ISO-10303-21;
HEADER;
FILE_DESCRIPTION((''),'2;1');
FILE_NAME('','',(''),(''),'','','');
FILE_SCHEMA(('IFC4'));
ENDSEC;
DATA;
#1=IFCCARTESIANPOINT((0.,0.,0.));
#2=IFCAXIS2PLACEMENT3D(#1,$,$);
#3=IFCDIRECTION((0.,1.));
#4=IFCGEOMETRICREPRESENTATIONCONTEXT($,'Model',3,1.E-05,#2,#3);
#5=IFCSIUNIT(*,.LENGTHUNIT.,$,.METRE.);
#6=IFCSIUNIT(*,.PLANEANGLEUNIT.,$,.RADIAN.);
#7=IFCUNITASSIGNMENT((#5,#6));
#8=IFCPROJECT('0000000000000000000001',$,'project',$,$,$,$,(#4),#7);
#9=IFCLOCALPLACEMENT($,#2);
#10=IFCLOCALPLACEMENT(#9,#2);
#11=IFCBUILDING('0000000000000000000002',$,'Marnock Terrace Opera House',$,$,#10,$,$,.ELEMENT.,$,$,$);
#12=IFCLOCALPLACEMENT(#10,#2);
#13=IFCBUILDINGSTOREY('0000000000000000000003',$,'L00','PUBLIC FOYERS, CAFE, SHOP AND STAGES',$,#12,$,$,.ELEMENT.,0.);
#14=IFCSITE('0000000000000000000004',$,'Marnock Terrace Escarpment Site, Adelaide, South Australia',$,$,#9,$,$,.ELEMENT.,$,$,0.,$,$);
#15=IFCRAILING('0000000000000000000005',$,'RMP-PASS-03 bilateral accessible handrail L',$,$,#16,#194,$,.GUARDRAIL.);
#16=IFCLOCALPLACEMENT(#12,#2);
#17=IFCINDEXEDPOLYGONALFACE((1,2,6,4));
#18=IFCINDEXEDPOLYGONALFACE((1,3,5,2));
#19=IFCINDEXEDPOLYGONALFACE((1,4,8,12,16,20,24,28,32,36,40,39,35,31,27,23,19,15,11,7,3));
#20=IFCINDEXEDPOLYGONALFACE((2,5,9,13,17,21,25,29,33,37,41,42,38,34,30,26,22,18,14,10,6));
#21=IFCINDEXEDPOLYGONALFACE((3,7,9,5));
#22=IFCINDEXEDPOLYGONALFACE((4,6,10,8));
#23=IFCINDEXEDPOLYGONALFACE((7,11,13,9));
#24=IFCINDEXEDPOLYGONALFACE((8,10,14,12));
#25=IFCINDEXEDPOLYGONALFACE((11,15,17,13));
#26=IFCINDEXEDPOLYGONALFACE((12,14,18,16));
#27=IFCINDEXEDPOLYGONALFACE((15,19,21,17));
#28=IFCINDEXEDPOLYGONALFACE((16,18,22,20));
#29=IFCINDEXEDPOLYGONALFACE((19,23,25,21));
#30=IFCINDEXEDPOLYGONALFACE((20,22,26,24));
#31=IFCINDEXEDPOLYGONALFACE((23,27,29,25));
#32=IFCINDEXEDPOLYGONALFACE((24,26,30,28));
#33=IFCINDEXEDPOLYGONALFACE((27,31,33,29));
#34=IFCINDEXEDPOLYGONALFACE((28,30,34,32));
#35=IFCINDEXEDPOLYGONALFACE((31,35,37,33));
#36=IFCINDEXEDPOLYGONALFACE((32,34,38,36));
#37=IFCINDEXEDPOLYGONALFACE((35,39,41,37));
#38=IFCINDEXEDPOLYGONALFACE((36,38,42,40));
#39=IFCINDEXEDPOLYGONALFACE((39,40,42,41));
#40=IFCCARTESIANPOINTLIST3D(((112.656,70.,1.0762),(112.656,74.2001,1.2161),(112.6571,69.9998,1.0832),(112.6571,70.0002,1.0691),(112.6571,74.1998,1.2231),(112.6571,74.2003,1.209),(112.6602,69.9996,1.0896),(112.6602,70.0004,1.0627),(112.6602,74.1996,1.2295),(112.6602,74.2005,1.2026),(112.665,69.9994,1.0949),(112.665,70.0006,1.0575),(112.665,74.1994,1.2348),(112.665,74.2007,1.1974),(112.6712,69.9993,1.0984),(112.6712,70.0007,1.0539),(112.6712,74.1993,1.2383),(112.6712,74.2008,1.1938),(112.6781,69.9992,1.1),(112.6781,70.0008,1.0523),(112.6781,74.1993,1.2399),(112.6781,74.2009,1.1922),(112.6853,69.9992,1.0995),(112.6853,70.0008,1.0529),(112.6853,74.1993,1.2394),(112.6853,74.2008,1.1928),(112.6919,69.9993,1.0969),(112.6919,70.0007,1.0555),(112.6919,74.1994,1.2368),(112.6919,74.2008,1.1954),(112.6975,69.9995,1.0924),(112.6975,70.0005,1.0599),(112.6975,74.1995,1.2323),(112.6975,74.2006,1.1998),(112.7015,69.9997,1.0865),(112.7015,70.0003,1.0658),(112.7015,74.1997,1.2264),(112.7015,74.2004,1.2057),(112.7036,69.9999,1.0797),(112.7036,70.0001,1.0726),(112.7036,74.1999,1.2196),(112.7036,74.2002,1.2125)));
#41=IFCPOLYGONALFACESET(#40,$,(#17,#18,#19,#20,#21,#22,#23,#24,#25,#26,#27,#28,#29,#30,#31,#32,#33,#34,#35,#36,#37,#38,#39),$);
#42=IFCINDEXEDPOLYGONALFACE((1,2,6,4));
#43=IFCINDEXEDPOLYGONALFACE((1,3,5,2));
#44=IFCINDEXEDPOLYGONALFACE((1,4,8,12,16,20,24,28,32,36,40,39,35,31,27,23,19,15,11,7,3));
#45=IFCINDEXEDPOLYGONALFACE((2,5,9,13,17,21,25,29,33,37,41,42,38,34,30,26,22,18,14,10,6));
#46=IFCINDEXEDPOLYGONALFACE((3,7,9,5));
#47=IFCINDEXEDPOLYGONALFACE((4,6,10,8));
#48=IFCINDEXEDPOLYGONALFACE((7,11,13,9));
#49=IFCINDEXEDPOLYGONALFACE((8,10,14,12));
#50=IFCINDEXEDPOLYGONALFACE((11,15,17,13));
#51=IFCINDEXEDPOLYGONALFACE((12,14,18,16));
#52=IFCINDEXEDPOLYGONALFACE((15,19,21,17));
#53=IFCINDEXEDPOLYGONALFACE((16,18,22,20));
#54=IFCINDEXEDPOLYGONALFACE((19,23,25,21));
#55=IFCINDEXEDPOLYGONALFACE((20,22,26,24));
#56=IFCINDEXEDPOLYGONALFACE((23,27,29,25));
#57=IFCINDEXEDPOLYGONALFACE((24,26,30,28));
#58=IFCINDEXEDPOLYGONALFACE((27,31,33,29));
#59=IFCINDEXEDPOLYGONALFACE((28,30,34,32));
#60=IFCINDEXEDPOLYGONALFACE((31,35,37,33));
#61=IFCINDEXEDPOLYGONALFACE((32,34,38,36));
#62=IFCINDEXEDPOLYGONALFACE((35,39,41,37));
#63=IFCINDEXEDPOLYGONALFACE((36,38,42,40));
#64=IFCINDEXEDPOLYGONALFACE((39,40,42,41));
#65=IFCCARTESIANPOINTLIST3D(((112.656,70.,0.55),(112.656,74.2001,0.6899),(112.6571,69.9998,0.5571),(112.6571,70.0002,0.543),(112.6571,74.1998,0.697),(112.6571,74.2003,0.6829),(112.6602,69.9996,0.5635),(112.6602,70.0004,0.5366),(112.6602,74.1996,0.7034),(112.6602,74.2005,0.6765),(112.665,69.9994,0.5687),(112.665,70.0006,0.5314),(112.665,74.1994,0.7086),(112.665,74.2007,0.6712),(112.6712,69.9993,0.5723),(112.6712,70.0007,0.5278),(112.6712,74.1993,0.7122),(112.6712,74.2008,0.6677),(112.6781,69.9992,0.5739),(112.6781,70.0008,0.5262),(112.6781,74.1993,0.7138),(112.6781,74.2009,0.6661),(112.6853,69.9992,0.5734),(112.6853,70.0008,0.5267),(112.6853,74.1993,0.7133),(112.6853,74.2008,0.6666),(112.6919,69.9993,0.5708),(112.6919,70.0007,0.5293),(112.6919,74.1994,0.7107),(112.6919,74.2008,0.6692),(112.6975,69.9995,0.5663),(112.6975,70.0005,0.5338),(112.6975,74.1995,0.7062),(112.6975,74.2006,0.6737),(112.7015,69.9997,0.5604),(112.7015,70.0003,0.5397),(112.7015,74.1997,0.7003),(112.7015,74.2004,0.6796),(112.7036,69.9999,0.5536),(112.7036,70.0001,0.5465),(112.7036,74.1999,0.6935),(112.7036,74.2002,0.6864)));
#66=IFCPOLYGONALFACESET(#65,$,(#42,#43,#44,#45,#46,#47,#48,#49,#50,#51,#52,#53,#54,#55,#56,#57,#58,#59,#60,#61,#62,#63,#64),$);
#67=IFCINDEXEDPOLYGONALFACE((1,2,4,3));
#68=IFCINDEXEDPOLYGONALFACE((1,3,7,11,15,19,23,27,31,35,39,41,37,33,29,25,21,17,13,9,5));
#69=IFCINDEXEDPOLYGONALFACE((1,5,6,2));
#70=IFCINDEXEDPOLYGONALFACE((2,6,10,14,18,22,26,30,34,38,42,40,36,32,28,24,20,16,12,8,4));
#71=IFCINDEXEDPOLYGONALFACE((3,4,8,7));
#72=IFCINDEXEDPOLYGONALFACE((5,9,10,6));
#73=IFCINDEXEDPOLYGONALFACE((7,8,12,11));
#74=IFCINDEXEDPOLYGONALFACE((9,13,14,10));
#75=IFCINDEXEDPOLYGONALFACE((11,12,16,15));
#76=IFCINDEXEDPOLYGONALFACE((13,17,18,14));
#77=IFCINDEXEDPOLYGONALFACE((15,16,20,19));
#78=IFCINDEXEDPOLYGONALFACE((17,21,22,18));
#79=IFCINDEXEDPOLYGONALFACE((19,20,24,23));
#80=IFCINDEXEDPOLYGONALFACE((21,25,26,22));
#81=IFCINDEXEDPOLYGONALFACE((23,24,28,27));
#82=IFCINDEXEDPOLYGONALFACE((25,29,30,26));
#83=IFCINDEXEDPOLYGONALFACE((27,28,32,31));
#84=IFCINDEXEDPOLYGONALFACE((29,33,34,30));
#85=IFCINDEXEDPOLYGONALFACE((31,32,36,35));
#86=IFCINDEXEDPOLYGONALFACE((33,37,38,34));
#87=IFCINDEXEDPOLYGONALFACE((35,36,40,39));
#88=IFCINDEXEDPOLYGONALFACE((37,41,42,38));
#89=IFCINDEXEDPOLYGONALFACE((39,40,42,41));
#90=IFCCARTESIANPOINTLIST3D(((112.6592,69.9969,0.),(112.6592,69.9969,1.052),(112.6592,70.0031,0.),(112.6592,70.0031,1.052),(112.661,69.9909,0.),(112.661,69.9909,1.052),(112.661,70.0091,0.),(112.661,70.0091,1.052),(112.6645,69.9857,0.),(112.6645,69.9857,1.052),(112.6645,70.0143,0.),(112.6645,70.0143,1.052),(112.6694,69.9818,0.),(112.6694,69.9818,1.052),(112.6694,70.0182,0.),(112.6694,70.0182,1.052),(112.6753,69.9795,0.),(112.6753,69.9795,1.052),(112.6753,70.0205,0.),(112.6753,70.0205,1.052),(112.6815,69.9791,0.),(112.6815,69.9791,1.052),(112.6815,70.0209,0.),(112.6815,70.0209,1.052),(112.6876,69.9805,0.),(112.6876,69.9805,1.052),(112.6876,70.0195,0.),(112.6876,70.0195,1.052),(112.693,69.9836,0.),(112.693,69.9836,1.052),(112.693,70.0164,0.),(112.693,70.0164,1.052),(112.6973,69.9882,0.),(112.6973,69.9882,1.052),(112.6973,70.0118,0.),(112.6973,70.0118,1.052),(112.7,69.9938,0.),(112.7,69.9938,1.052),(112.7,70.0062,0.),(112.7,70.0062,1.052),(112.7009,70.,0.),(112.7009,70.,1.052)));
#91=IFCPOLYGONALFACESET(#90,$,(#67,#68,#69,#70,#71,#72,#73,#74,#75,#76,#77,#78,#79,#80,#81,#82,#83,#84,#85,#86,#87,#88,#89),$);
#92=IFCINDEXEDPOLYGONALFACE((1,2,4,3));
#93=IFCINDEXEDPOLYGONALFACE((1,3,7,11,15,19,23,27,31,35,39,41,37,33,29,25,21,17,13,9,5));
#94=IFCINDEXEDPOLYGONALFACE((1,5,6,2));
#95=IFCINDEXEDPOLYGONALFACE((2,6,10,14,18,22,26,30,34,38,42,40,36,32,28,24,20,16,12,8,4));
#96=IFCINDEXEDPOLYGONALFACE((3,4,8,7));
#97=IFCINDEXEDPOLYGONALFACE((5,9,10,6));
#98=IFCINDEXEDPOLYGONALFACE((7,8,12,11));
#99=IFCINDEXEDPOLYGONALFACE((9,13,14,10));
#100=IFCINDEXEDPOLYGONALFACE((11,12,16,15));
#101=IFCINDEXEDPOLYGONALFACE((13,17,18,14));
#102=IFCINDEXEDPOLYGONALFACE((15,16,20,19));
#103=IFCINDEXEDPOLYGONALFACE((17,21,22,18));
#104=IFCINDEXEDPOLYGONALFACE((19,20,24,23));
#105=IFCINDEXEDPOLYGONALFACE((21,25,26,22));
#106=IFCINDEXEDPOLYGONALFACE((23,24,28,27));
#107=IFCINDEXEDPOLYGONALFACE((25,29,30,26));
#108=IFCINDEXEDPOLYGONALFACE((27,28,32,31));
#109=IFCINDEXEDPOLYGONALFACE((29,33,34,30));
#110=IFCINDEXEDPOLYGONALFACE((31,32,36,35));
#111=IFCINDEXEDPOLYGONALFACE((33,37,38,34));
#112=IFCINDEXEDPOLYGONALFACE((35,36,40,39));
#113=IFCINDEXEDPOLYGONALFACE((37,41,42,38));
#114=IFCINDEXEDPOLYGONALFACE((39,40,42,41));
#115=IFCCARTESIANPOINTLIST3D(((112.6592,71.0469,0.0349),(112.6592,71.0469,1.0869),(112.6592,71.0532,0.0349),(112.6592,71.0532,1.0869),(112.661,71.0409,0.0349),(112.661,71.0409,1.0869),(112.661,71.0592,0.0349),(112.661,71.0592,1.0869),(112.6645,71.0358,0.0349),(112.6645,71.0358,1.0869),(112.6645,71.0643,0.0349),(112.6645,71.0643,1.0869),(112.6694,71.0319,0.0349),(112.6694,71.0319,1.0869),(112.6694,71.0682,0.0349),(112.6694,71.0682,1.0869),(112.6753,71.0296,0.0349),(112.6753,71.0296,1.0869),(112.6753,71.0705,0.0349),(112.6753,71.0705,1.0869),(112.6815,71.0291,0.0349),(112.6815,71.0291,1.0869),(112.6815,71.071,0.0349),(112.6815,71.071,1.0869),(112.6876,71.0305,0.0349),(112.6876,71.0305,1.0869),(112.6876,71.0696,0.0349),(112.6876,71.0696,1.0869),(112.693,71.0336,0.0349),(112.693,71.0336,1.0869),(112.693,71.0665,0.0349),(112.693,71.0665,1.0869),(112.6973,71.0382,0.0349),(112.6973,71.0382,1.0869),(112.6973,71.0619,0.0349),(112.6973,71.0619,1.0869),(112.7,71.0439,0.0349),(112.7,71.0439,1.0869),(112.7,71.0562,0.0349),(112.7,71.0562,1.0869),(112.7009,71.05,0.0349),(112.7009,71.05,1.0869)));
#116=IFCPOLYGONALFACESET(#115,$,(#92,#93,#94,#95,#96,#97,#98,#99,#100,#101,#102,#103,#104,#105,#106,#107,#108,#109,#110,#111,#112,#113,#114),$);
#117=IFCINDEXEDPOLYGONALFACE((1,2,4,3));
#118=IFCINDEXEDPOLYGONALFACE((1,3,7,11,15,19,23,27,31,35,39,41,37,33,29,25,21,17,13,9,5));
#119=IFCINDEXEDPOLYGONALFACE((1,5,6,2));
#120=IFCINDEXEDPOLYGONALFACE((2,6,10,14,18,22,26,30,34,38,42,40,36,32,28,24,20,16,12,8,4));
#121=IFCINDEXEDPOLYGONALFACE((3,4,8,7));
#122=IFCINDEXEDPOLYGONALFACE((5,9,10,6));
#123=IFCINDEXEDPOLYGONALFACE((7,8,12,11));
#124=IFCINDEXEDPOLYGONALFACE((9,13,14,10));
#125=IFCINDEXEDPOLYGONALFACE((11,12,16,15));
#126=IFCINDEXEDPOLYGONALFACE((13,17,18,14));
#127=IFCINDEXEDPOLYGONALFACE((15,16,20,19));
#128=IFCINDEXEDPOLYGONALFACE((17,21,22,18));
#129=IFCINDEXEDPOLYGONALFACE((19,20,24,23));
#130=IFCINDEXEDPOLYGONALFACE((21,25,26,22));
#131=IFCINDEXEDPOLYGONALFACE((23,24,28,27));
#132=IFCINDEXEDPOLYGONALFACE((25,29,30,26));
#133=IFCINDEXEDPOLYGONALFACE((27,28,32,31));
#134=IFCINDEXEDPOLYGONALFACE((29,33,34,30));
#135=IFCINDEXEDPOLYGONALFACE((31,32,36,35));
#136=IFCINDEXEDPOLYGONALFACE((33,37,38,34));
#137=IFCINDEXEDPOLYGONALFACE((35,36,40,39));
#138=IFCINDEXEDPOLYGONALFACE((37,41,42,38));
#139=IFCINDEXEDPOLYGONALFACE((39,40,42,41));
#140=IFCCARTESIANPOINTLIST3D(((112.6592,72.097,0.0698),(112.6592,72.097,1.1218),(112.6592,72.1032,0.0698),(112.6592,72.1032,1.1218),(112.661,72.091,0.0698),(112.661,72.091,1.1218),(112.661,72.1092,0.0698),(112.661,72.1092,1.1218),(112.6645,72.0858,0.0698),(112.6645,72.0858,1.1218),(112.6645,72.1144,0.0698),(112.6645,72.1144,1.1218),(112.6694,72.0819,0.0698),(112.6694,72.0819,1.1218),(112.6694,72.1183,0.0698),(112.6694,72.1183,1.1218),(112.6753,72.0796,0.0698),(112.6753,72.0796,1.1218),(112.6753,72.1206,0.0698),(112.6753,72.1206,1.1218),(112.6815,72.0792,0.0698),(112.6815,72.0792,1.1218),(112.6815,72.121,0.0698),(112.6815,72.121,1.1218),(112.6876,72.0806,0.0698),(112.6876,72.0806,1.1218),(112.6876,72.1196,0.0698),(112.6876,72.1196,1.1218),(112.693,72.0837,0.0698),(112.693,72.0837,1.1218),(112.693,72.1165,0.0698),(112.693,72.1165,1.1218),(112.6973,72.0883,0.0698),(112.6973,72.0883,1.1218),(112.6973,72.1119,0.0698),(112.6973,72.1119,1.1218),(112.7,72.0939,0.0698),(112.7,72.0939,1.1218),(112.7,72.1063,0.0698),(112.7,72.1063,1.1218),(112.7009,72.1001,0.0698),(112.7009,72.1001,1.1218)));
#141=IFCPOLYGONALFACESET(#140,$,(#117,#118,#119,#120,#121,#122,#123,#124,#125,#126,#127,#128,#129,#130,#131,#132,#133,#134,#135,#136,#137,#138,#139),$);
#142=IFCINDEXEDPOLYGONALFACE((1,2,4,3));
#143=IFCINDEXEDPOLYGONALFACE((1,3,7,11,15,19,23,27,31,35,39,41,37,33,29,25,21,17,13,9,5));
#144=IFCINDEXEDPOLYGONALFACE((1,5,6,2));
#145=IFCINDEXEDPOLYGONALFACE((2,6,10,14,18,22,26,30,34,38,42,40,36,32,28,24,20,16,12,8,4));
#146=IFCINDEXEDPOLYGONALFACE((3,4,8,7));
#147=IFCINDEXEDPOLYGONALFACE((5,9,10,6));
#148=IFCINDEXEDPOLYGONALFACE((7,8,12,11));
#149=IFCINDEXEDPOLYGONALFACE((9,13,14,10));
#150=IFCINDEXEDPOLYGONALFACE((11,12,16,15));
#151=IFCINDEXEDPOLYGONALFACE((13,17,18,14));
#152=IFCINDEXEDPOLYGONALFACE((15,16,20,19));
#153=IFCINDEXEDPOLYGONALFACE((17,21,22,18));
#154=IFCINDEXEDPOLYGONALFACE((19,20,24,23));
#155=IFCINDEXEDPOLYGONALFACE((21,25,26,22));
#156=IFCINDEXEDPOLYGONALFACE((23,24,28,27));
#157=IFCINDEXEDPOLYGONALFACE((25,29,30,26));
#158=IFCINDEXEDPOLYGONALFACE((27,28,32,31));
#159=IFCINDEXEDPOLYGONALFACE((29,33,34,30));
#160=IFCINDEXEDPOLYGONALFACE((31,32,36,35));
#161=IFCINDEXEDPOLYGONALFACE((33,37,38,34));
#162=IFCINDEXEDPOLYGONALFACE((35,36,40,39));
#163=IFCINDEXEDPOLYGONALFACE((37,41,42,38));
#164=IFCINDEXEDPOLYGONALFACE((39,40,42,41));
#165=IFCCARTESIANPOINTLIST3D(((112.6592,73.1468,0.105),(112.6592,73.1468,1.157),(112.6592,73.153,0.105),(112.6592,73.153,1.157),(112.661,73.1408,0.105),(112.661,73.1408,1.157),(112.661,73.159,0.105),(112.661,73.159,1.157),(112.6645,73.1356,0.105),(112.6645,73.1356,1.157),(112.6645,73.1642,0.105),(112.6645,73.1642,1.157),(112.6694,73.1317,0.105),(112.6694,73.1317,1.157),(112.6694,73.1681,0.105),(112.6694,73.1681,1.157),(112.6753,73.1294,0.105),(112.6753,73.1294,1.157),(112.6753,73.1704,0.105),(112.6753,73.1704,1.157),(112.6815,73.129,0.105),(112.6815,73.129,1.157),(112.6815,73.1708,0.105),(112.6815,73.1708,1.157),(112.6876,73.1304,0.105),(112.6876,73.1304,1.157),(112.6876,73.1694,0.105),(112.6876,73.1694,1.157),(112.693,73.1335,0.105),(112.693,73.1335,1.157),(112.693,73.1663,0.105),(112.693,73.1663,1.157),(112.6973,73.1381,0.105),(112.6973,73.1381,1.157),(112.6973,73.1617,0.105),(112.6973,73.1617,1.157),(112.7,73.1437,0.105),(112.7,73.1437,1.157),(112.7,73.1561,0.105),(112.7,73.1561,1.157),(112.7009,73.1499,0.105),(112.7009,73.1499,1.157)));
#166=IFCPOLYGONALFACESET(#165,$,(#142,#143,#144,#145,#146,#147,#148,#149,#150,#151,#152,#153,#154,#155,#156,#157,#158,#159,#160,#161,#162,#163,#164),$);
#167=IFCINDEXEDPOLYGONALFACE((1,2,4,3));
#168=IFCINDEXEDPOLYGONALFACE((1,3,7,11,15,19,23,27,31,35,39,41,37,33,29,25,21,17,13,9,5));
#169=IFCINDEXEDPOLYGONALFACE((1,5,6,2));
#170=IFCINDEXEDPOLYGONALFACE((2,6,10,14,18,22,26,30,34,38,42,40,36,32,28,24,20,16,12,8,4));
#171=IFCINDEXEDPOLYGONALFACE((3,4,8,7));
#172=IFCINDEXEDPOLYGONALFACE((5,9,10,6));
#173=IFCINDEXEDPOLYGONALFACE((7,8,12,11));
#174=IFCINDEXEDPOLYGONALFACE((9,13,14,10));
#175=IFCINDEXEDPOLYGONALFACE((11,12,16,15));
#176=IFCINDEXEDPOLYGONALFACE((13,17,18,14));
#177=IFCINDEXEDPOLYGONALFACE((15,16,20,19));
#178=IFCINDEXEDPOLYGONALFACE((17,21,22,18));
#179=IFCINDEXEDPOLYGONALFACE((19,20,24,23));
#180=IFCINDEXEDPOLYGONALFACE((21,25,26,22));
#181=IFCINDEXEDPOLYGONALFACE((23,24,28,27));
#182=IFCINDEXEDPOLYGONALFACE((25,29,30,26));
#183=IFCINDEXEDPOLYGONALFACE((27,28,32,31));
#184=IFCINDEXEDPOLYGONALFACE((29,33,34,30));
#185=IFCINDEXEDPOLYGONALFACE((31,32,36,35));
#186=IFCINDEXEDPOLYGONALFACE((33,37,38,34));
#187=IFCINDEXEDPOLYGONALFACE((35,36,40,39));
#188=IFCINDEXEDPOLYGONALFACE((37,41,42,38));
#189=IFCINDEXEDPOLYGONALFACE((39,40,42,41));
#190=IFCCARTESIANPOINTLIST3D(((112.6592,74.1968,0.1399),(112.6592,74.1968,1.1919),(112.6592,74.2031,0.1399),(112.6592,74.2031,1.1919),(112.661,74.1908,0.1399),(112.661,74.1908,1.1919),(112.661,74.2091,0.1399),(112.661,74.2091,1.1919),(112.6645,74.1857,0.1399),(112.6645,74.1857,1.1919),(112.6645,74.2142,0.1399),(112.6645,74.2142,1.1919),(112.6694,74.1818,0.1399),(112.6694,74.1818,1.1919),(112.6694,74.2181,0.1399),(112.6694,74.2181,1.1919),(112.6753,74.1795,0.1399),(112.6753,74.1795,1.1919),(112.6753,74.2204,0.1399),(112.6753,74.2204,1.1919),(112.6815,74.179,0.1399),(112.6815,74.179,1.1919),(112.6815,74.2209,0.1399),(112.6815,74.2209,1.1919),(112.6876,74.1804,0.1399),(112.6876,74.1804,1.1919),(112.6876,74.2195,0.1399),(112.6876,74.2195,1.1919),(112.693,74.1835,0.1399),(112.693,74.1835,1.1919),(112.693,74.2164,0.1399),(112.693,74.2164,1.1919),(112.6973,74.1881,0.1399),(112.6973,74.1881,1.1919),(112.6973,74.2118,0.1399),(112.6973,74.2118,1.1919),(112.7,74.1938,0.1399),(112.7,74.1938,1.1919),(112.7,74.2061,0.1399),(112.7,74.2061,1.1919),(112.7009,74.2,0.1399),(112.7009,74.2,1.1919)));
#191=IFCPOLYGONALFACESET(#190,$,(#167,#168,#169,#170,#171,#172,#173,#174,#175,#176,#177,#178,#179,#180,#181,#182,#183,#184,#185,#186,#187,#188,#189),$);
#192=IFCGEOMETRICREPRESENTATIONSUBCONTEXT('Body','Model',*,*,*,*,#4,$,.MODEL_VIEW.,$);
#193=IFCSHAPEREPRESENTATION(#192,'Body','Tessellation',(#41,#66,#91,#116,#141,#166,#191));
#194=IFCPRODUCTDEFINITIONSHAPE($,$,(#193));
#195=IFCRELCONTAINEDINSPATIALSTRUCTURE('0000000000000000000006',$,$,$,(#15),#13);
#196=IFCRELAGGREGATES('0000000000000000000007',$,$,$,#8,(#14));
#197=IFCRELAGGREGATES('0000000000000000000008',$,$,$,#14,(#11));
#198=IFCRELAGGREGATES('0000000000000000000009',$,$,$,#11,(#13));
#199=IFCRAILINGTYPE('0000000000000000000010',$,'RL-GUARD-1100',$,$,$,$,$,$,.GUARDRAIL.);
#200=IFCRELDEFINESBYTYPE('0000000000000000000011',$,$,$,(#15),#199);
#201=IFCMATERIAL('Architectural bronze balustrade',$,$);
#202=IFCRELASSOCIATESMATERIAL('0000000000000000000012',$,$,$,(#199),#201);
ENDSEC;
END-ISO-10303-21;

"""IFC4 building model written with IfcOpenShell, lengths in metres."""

from ifc_helpers import new_model, si_unit, direction, frame, origin, origin_2d, place, context, subcontext, project, spatial, circle, extrude, material, type_object, element, save


model = new_model("IFC4")

# Units and contexts
model_context = context("Model", 3, precision=1e-05, world=origin(), true_north=direction((0.0, 1.0)))
body_context = subcontext(model_context, "Body", "Model", "MODEL_VIEW")
ifc_project = project(units=[si_unit("LENGTHUNIT", "METRE"), si_unit("PLANEANGLEUNIT", "RADIAN")], contexts=[model_context])

# Site, building, storey
site_placement = place(None, origin())
site = spatial("IfcSite", under=ifc_project, at=site_placement, Name="Marnock Terrace Escarpment Site, Adelaide, South Australia", CompositionType="ELEMENT", RefElevation=0.0)
building_placement = place(site_placement, origin())
building = spatial("IfcBuilding", under=site, at=building_placement, Name="Marnock Terrace Opera House", CompositionType="ELEMENT")
storey_placement = place(building_placement, origin())
storey = spatial("IfcBuildingStorey", under=building, at=storey_placement, Name="L00", Description="PUBLIC FOYERS, CAFE, SHOP AND STAGES", CompositionType="ELEMENT", Elevation=0.0)

# Railing
ifc_material_1 = material(Name="Architectural bronze balustrade")
railing_type = type_object("IfcRailingType", Name="RL-GUARD-1100", PredefinedType="GUARDRAIL", material=ifc_material_1)
for number, where, name in (
    (1, (112.6799, 70.0, 0.0), "RMP-PASS-03 bilateral accessible handrail L"),
):
    element("IfcRailing", number, at=place(storey_placement, frame(where)), inside=storey, type_object=railing_type, Name=name, PredefinedType="GUARDRAIL", context=body_context, shape_type="SweptSolid", body=[
        extrude(circle(Radius=0.0239, at=origin_2d()), frame((0.0, 0.0, 1.0762), z_axis=(0.0, 0.999446, 0.03329), x_axis=(-1.0, 0.0, 0.0)), (0.0, 0.0, 1.0), 4.2024),
        extrude(circle(Radius=0.0239, at=origin_2d()), frame((0.0, 0.0, 0.55), z_axis=(0.0, 0.999446, 0.03329), x_axis=(-1.0, 0.0, 0.0)), (0.0, 0.0, 1.0), 4.2024),
        extrude(circle(Radius=0.021, at=origin_2d()), origin(), (0.0, 0.0, 1.0), 1.052),
        extrude(circle(Radius=0.021, at=origin_2d()), frame((0.0, 1.05, 0.0349)), (0.0, 0.0, 1.0), 1.052),
        extrude(circle(Radius=0.021, at=origin_2d()), frame((0.0, 2.1001, 0.0698)), (0.0, 0.0, 1.0), 1.052),
        extrude(circle(Radius=0.021, at=origin_2d()), frame((0.0, 3.1499, 0.105)), (0.0, 0.0, 1.0), 1.052),
        extrude(circle(Radius=0.021, at=origin_2d()), frame((0.0, 4.2, 0.1399)), (0.0, 0.0, 1.0), 1.052),
    ])

save(model, "model.ifc")
